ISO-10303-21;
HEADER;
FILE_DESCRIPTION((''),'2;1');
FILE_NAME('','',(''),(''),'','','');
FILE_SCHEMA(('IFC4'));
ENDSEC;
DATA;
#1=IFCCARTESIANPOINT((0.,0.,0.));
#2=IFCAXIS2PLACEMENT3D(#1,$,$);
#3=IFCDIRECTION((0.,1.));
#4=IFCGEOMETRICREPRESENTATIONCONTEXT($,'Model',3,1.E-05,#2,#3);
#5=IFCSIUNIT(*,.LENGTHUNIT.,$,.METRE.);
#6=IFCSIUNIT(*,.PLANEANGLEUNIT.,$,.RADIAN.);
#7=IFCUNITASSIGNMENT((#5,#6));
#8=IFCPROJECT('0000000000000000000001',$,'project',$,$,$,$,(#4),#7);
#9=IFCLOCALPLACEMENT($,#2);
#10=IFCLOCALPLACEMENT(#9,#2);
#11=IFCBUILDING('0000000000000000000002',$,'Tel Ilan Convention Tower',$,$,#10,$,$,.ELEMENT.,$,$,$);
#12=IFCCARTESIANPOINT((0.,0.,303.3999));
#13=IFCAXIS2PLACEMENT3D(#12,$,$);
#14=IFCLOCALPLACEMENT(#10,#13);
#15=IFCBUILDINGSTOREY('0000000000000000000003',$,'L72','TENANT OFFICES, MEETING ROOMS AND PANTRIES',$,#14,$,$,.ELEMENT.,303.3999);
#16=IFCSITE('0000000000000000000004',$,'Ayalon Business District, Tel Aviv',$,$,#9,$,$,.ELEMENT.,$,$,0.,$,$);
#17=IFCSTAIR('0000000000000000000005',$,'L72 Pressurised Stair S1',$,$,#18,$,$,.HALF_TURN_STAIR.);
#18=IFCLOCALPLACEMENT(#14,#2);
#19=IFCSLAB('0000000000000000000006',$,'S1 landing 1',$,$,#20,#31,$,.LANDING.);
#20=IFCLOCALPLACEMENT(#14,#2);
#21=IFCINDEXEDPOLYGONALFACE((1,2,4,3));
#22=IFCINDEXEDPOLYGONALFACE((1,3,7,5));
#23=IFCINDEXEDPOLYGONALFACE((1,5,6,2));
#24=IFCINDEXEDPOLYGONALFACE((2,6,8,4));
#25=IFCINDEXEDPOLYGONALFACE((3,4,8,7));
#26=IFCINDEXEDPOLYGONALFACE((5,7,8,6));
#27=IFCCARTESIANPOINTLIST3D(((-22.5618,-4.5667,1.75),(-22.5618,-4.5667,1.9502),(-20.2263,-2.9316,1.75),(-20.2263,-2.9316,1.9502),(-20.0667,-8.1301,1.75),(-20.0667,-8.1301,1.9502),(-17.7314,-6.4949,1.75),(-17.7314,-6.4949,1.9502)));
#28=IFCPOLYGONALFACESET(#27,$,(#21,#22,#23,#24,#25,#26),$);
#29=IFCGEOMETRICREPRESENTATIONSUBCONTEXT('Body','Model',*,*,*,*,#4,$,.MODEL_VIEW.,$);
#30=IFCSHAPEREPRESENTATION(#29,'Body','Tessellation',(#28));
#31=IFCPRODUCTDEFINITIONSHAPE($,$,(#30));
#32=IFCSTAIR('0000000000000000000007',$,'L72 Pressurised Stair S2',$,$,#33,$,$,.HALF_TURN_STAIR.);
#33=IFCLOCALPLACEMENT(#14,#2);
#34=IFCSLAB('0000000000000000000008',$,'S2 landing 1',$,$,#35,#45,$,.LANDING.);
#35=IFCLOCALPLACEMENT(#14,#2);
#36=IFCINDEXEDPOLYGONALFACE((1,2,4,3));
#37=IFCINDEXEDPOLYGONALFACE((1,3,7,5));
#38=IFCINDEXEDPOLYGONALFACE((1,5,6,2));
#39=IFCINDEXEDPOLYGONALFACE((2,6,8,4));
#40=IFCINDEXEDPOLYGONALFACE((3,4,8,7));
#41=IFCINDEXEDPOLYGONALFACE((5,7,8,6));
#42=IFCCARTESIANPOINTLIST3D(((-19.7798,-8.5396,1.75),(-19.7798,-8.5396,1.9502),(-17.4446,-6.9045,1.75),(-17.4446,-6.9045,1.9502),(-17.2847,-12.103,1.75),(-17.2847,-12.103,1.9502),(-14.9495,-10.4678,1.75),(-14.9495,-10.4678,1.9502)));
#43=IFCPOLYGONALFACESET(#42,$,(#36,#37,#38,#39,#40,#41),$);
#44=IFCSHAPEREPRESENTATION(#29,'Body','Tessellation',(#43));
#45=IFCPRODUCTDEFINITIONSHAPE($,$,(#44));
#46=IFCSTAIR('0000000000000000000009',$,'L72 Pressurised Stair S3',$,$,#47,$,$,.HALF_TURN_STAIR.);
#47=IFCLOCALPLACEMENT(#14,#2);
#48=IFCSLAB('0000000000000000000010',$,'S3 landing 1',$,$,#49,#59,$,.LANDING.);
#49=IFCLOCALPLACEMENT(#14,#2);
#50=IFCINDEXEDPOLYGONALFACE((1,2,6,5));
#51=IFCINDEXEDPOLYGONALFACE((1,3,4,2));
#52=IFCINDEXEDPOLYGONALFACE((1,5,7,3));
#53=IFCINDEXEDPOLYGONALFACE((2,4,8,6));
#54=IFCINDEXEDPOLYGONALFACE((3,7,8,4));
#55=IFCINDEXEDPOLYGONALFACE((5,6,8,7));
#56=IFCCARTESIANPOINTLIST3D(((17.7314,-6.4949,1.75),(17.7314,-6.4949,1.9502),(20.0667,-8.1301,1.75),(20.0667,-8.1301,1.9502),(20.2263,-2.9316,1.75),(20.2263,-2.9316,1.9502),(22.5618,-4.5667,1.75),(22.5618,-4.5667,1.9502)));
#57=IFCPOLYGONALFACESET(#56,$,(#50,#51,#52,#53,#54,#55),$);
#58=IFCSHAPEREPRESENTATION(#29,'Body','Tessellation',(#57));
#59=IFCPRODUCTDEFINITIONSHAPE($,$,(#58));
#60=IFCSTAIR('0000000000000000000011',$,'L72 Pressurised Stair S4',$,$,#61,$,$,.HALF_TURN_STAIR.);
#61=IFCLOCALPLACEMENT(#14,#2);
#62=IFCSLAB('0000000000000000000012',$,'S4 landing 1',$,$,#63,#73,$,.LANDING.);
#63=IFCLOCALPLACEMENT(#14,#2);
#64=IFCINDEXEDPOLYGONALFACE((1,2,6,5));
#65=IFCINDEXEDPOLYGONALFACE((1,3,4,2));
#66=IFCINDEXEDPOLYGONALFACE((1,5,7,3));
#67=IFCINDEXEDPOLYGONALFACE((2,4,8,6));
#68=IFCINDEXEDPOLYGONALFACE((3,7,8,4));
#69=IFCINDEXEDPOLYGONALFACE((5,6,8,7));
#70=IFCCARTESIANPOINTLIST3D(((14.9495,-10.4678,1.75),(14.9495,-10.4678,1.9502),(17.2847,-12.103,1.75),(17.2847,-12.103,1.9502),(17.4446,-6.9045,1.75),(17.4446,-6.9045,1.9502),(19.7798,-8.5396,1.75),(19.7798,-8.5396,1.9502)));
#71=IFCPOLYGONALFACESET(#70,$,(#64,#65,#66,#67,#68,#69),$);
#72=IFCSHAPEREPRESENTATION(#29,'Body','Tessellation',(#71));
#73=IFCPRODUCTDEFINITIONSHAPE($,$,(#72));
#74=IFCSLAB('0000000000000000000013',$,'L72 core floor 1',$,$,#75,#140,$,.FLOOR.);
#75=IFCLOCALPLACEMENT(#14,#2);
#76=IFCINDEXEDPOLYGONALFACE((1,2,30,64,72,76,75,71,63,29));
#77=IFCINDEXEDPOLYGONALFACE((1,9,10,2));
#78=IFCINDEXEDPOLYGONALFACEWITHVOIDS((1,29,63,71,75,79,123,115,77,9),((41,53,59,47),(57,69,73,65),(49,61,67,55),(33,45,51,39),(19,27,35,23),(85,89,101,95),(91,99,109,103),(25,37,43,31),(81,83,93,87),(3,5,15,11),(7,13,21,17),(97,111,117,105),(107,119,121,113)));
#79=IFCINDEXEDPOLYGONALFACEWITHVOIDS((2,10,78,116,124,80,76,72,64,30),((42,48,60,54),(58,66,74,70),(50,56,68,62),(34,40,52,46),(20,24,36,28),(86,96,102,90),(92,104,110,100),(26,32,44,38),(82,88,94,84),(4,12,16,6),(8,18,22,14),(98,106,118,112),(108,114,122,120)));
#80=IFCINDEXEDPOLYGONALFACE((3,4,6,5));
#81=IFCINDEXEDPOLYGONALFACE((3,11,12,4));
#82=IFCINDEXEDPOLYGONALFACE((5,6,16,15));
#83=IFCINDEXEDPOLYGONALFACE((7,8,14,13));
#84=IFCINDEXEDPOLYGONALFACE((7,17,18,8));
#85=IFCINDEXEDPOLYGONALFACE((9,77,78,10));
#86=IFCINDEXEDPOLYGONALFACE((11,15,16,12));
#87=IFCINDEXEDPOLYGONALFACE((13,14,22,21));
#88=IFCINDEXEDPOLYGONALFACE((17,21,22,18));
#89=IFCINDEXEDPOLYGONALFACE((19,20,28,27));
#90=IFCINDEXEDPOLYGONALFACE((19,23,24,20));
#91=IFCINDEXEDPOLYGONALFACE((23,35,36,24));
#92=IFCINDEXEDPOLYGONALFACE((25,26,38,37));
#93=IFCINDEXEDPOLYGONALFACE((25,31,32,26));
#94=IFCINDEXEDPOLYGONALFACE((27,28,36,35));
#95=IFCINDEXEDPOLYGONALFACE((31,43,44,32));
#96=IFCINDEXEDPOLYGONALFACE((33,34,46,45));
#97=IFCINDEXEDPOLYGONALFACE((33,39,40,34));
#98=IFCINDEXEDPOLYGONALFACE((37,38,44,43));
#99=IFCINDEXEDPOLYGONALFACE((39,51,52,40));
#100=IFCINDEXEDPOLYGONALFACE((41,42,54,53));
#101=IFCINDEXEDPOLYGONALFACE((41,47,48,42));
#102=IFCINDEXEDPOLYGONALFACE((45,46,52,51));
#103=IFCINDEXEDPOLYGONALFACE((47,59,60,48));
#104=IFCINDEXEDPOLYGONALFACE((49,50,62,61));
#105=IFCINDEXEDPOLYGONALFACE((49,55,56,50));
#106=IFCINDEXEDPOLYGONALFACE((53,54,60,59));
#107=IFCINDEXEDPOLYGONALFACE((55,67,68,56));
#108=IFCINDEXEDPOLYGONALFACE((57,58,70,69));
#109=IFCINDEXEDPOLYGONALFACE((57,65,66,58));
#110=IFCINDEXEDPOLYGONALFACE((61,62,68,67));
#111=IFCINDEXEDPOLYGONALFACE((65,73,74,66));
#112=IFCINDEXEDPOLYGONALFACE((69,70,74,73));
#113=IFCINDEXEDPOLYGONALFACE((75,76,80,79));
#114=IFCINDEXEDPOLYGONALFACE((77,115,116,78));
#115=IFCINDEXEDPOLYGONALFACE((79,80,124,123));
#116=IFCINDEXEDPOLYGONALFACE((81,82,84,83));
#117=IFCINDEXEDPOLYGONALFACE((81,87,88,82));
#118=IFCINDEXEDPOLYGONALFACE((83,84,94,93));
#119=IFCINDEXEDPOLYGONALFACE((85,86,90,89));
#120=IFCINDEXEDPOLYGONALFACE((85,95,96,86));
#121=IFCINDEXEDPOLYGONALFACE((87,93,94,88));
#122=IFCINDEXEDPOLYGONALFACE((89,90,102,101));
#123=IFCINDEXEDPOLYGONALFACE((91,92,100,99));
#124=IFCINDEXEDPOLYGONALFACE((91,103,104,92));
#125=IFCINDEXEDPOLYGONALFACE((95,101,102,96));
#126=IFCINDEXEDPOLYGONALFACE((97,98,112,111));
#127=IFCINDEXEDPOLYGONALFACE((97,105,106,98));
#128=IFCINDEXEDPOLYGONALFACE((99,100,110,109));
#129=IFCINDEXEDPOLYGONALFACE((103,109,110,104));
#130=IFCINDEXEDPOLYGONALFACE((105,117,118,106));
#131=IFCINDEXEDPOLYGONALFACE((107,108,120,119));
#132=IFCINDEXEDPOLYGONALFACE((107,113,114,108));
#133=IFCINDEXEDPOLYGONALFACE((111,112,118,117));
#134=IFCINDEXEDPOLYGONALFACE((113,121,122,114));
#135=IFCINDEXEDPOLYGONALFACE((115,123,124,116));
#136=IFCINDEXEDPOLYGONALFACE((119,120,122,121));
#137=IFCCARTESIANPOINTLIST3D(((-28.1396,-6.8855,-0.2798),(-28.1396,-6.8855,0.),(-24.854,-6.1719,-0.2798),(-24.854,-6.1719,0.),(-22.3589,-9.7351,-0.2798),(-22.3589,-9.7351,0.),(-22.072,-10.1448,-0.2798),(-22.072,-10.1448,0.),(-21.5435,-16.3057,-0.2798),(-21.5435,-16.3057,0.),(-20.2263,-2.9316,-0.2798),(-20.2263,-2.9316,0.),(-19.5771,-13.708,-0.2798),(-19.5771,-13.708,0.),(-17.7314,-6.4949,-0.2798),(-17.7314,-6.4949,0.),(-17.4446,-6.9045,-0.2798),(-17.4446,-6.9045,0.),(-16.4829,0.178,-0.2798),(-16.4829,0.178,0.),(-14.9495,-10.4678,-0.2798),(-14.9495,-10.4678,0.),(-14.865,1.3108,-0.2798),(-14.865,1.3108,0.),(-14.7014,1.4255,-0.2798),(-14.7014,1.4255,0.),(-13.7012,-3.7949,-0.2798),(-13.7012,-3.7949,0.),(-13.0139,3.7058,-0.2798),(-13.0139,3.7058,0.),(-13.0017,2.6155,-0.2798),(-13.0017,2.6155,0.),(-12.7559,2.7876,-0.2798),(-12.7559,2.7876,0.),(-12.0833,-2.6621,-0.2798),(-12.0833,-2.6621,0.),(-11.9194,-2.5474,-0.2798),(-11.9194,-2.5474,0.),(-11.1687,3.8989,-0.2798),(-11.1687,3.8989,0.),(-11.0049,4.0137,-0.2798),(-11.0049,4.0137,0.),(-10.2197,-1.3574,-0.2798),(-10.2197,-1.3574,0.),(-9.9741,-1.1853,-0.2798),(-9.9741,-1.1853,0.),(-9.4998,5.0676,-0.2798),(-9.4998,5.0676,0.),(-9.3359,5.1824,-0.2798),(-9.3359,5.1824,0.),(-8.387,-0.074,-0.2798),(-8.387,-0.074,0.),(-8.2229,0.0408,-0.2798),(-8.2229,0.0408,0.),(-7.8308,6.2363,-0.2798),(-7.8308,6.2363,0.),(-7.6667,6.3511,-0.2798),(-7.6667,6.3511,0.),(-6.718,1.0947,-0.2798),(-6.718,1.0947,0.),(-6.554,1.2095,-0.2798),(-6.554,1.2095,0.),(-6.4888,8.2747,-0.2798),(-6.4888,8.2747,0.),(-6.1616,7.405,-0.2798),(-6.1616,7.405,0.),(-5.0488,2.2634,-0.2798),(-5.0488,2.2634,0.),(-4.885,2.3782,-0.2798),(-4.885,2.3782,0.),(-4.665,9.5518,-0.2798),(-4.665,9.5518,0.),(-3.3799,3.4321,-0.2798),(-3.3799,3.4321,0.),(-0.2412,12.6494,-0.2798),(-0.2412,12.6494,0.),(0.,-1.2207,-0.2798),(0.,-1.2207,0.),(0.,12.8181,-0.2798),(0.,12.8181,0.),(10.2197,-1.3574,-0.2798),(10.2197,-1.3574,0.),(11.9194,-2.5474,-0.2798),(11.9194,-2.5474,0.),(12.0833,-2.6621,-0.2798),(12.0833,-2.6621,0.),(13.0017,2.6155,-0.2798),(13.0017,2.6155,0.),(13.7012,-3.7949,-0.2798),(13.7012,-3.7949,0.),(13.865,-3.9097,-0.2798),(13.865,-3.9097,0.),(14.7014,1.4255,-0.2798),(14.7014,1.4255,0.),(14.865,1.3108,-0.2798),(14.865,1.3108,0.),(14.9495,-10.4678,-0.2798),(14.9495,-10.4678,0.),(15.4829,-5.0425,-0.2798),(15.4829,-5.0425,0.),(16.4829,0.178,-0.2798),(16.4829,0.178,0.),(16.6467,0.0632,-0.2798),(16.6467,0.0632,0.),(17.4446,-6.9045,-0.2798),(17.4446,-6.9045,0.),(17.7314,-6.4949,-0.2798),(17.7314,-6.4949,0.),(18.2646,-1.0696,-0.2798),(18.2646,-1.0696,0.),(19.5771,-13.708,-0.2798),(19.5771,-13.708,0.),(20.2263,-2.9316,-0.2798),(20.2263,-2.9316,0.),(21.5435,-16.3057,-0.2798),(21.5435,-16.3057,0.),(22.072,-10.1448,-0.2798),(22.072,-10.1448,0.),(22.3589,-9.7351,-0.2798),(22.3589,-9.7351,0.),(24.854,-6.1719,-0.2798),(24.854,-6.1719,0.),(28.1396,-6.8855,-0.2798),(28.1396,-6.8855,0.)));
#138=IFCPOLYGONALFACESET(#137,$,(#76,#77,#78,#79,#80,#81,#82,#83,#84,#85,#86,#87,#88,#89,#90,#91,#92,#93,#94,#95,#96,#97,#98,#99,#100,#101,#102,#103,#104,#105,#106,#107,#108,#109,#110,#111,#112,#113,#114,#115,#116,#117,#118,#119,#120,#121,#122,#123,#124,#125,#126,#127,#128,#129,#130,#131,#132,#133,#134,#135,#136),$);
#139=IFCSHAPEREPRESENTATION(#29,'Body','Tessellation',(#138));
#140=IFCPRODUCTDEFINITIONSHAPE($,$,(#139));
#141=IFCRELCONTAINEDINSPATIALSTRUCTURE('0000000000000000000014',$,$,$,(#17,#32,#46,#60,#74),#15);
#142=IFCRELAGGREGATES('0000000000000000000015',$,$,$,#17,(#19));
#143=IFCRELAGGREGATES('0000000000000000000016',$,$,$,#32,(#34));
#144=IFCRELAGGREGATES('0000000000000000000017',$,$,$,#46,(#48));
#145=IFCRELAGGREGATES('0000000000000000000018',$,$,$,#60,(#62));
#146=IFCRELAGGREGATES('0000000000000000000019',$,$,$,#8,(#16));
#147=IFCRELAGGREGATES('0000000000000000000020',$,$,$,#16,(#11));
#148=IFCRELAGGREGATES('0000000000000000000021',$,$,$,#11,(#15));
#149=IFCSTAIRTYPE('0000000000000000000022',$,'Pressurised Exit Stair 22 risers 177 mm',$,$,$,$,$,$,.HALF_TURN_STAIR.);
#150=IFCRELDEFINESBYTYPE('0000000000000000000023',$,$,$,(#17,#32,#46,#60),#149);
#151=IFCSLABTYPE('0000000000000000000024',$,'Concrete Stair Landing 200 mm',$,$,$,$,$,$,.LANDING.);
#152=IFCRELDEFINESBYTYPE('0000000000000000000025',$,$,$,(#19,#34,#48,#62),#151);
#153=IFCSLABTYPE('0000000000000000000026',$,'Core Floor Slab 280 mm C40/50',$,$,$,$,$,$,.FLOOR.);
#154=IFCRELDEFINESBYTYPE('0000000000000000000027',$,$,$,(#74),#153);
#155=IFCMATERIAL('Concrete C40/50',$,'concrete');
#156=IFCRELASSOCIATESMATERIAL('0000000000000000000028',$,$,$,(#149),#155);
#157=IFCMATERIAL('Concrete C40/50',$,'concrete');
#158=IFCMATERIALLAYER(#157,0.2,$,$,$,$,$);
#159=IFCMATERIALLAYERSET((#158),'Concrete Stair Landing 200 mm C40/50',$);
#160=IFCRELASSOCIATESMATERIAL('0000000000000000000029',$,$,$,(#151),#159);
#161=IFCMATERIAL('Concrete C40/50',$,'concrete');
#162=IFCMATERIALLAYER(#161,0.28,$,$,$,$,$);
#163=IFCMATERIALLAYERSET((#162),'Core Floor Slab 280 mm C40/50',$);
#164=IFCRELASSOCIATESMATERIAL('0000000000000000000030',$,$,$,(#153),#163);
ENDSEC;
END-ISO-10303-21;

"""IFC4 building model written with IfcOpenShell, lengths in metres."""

from ifc_helpers import new_model, si_unit, direction, frame, origin, place, context, subcontext, project, spatial, polyline, outline, extrude, material, layer, layer_set, type_object, element, aggregate, save


model = new_model("IFC4")

# Units and contexts
model_context = context("Model", 3, precision=1e-05, world=origin(), true_north=direction((0.0, 1.0)))
body_context = subcontext(model_context, "Body", "Model", "MODEL_VIEW")
ifc_project = project(units=[si_unit("LENGTHUNIT", "METRE"), si_unit("PLANEANGLEUNIT", "RADIAN")], contexts=[model_context])

# Site, building, storey
site_placement = place(None, origin())
site = spatial("IfcSite", under=ifc_project, at=site_placement, Name="Ayalon Business District, Tel Aviv", CompositionType="ELEMENT", RefElevation=0.0)
building_placement = place(site_placement, origin())
building = spatial("IfcBuilding", under=site, at=building_placement, Name="Tel Ilan Convention Tower", CompositionType="ELEMENT")
storey_placement = place(building_placement, frame((0.0, 0.0, 303.3999)))
storey = spatial("IfcBuildingStorey", under=building, at=storey_placement, Name="L72", Description="TENANT OFFICES, MEETING ROOMS AND PANTRIES", CompositionType="ELEMENT", Elevation=303.3999)

# Stairs, slabs
ifc_material_1 = material(Name="Concrete C40/50", Category="concrete")
stair_type = type_object("IfcStairType", Name="Pressurised Exit Stair 22 risers 177 mm", PredefinedType="HALF_TURN_STAIR", material=ifc_material_1)
stair_1_placement = place(storey_placement, origin())
stair_1 = element("IfcStair", 1, at=stair_1_placement, inside=storey, type_object=stair_type, Name="L72 Pressurised Stair S1", PredefinedType="HALF_TURN_STAIR")
ifc_material_2 = material(Name="Concrete C40/50", Category="concrete")
ifc_layer_1 = layer(ifc_material_2, 0.2)
ifc_layer_set_1 = layer_set([ifc_layer_1], Name="Concrete Stair Landing 200 mm C40/50")
slab_type_1 = type_object("IfcSlabType", Name="Concrete Stair Landing 200 mm", PredefinedType="LANDING", material=ifc_layer_set_1)
slab_1_placement = place(storey_placement, frame((0.0, 0.0, 1.75)))
slab_1 = element("IfcSlab", 2, at=slab_1_placement, type_object=slab_type_1, Name="S1 landing 1", PredefinedType="LANDING", context=body_context, shape_type="SweptSolid", body=[
    extrude(outline(polyline([(-20.0667, -8.1301), (-17.7314, -6.4949), (-20.2263, -2.9316), (-22.5618, -4.5667), (-20.0667, -8.1301)])), origin(), (0.0, 0.0, 1.0), 0.2002),
])
aggregate(stair_1, [slab_1])
stair_2_placement = place(storey_placement, origin())
stair_2 = element("IfcStair", 3, at=stair_2_placement, inside=storey, type_object=stair_type, Name="L72 Pressurised Stair S2", PredefinedType="HALF_TURN_STAIR")
slab_2_placement = place(storey_placement, frame((0.0, 0.0, 1.75)))
slab_2 = element("IfcSlab", 4, at=slab_2_placement, type_object=slab_type_1, Name="S2 landing 1", PredefinedType="LANDING", context=body_context, shape_type="SweptSolid", body=[
    extrude(outline(polyline([(-17.2847, -12.103), (-14.9495, -10.4678), (-17.4446, -6.9045), (-19.7798, -8.5396), (-17.2847, -12.103)])), origin(), (0.0, 0.0, 1.0), 0.2002),
])
aggregate(stair_2, [slab_2])
stair_3_placement = place(storey_placement, origin())
stair_3 = element("IfcStair", 5, at=stair_3_placement, inside=storey, type_object=stair_type, Name="L72 Pressurised Stair S3", PredefinedType="HALF_TURN_STAIR")
slab_3_placement = place(storey_placement, frame((0.0, 0.0, 1.75)))
slab_3 = element("IfcSlab", 6, at=slab_3_placement, type_object=slab_type_1, Name="S3 landing 1", PredefinedType="LANDING", context=body_context, shape_type="SweptSolid", body=[
    extrude(outline(polyline([(22.5618, -4.5667), (20.2263, -2.9316), (17.7314, -6.4949), (20.0667, -8.1301), (22.5618, -4.5667)])), origin(), (0.0, 0.0, 1.0), 0.2002),
])
aggregate(stair_3, [slab_3])
stair_4_placement = place(storey_placement, origin())
stair_4 = element("IfcStair", 7, at=stair_4_placement, inside=storey, type_object=stair_type, Name="L72 Pressurised Stair S4", PredefinedType="HALF_TURN_STAIR")
slab_4_placement = place(storey_placement, frame((0.0, 0.0, 1.75)))
slab_4 = element("IfcSlab", 8, at=slab_4_placement, type_object=slab_type_1, Name="S4 landing 1", PredefinedType="LANDING", context=body_context, shape_type="SweptSolid", body=[
    extrude(outline(polyline([(19.7798, -8.5396), (17.4446, -6.9045), (14.9495, -10.4678), (17.2847, -12.103), (19.7798, -8.5396)])), origin(), (0.0, 0.0, 1.0), 0.2002),
])
aggregate(stair_4, [slab_4])

# Slab
ifc_material_3 = material(Name="Concrete C40/50", Category="concrete")
ifc_layer_2 = layer(ifc_material_3, 0.28)
ifc_layer_set_2 = layer_set([ifc_layer_2], Name="Core Floor Slab 280 mm C40/50")
slab_type_2 = type_object("IfcSlabType", Name="Core Floor Slab 280 mm C40/50", PredefinedType="FLOOR", material=ifc_layer_set_2)
slab_5_placement = place(storey_placement, frame((0.0, 0.0, -0.2798)))
element("IfcSlab", 9, at=slab_5_placement, inside=storey, type_object=slab_type_2, Name="L72 core floor 1", PredefinedType="FLOOR", context=body_context, shape_type="SweptSolid", body=[
    extrude(outline(polyline([(0.0, 12.8181), (28.1396, -6.8855), (21.5435, -16.3057), (0.0, -1.2207), (-21.5435, -16.3057), (-28.1396, -6.8855), (-13.0139, 3.7058), (-6.4888, 8.2747), (-4.665, 9.5518), (-0.2412, 12.6494), (0.0, 12.8181)]), holes=[polyline([(-17.4446, -6.9045), (-22.072, -10.1448), (-19.5771, -13.708), (-14.9495, -10.4678), (-17.4446, -6.9045)]), polyline([(-17.7314, -6.4949), (-20.2263, -2.9316), (-24.854, -6.1719), (-22.3589, -9.7351), (-17.7314, -6.4949)]), polyline([(-14.865, 1.3108), (-16.4829, 0.178), (-13.7012, -3.7949), (-12.0833, -2.6621), (-14.865, 1.3108)]), polyline([(-14.7014, 1.4255), (-11.9194, -2.5474), (-10.2197, -1.3574), (-13.0017, 2.6155), (-14.7014, 1.4255)]), polyline([(-11.1687, 3.8989), (-12.7559, 2.7876), (-9.9741, -1.1853), (-8.387, -0.074), (-11.1687, 3.8989)]), polyline([(-9.4998, 5.0676), (-11.0049, 4.0137), (-8.2229, 0.0408), (-6.718, 1.0947), (-9.4998, 5.0676)]), polyline([(-9.3359, 5.1824), (-6.554, 1.2095), (-5.0488, 2.2634), (-7.8308, 6.2363), (-9.3359, 5.1824)]), polyline([(17.4446, -6.9045), (14.9495, -10.4678), (19.5771, -13.708), (22.072, -10.1448), (17.4446, -6.9045)]), polyline([(20.2263, -2.9316), (17.7314, -6.4949), (22.3589, -9.7351), (24.854, -6.1719), (20.2263, -2.9316)]), polyline([(15.4829, -5.0425), (18.2646, -1.0696), (16.6467, 0.0632), (13.865, -3.9097), (15.4829, -5.0425)]), polyline([(13.7012, -3.7949), (16.4829, 0.178), (14.865, 1.3108), (12.0833, -2.6621), (13.7012, -3.7949)]), polyline([(11.9194, -2.5474), (14.7014, 1.4255), (13.0017, 2.6155), (10.2197, -1.3574), (11.9194, -2.5474)]), polyline([(-6.1616, 7.405), (-7.6667, 6.3511), (-4.885, 2.3782), (-3.3799, 3.4321), (-6.1616, 7.405)])]), origin(), (0.0, 0.0, 1.0), 0.2798),
])

save(model, "model.ifc")
